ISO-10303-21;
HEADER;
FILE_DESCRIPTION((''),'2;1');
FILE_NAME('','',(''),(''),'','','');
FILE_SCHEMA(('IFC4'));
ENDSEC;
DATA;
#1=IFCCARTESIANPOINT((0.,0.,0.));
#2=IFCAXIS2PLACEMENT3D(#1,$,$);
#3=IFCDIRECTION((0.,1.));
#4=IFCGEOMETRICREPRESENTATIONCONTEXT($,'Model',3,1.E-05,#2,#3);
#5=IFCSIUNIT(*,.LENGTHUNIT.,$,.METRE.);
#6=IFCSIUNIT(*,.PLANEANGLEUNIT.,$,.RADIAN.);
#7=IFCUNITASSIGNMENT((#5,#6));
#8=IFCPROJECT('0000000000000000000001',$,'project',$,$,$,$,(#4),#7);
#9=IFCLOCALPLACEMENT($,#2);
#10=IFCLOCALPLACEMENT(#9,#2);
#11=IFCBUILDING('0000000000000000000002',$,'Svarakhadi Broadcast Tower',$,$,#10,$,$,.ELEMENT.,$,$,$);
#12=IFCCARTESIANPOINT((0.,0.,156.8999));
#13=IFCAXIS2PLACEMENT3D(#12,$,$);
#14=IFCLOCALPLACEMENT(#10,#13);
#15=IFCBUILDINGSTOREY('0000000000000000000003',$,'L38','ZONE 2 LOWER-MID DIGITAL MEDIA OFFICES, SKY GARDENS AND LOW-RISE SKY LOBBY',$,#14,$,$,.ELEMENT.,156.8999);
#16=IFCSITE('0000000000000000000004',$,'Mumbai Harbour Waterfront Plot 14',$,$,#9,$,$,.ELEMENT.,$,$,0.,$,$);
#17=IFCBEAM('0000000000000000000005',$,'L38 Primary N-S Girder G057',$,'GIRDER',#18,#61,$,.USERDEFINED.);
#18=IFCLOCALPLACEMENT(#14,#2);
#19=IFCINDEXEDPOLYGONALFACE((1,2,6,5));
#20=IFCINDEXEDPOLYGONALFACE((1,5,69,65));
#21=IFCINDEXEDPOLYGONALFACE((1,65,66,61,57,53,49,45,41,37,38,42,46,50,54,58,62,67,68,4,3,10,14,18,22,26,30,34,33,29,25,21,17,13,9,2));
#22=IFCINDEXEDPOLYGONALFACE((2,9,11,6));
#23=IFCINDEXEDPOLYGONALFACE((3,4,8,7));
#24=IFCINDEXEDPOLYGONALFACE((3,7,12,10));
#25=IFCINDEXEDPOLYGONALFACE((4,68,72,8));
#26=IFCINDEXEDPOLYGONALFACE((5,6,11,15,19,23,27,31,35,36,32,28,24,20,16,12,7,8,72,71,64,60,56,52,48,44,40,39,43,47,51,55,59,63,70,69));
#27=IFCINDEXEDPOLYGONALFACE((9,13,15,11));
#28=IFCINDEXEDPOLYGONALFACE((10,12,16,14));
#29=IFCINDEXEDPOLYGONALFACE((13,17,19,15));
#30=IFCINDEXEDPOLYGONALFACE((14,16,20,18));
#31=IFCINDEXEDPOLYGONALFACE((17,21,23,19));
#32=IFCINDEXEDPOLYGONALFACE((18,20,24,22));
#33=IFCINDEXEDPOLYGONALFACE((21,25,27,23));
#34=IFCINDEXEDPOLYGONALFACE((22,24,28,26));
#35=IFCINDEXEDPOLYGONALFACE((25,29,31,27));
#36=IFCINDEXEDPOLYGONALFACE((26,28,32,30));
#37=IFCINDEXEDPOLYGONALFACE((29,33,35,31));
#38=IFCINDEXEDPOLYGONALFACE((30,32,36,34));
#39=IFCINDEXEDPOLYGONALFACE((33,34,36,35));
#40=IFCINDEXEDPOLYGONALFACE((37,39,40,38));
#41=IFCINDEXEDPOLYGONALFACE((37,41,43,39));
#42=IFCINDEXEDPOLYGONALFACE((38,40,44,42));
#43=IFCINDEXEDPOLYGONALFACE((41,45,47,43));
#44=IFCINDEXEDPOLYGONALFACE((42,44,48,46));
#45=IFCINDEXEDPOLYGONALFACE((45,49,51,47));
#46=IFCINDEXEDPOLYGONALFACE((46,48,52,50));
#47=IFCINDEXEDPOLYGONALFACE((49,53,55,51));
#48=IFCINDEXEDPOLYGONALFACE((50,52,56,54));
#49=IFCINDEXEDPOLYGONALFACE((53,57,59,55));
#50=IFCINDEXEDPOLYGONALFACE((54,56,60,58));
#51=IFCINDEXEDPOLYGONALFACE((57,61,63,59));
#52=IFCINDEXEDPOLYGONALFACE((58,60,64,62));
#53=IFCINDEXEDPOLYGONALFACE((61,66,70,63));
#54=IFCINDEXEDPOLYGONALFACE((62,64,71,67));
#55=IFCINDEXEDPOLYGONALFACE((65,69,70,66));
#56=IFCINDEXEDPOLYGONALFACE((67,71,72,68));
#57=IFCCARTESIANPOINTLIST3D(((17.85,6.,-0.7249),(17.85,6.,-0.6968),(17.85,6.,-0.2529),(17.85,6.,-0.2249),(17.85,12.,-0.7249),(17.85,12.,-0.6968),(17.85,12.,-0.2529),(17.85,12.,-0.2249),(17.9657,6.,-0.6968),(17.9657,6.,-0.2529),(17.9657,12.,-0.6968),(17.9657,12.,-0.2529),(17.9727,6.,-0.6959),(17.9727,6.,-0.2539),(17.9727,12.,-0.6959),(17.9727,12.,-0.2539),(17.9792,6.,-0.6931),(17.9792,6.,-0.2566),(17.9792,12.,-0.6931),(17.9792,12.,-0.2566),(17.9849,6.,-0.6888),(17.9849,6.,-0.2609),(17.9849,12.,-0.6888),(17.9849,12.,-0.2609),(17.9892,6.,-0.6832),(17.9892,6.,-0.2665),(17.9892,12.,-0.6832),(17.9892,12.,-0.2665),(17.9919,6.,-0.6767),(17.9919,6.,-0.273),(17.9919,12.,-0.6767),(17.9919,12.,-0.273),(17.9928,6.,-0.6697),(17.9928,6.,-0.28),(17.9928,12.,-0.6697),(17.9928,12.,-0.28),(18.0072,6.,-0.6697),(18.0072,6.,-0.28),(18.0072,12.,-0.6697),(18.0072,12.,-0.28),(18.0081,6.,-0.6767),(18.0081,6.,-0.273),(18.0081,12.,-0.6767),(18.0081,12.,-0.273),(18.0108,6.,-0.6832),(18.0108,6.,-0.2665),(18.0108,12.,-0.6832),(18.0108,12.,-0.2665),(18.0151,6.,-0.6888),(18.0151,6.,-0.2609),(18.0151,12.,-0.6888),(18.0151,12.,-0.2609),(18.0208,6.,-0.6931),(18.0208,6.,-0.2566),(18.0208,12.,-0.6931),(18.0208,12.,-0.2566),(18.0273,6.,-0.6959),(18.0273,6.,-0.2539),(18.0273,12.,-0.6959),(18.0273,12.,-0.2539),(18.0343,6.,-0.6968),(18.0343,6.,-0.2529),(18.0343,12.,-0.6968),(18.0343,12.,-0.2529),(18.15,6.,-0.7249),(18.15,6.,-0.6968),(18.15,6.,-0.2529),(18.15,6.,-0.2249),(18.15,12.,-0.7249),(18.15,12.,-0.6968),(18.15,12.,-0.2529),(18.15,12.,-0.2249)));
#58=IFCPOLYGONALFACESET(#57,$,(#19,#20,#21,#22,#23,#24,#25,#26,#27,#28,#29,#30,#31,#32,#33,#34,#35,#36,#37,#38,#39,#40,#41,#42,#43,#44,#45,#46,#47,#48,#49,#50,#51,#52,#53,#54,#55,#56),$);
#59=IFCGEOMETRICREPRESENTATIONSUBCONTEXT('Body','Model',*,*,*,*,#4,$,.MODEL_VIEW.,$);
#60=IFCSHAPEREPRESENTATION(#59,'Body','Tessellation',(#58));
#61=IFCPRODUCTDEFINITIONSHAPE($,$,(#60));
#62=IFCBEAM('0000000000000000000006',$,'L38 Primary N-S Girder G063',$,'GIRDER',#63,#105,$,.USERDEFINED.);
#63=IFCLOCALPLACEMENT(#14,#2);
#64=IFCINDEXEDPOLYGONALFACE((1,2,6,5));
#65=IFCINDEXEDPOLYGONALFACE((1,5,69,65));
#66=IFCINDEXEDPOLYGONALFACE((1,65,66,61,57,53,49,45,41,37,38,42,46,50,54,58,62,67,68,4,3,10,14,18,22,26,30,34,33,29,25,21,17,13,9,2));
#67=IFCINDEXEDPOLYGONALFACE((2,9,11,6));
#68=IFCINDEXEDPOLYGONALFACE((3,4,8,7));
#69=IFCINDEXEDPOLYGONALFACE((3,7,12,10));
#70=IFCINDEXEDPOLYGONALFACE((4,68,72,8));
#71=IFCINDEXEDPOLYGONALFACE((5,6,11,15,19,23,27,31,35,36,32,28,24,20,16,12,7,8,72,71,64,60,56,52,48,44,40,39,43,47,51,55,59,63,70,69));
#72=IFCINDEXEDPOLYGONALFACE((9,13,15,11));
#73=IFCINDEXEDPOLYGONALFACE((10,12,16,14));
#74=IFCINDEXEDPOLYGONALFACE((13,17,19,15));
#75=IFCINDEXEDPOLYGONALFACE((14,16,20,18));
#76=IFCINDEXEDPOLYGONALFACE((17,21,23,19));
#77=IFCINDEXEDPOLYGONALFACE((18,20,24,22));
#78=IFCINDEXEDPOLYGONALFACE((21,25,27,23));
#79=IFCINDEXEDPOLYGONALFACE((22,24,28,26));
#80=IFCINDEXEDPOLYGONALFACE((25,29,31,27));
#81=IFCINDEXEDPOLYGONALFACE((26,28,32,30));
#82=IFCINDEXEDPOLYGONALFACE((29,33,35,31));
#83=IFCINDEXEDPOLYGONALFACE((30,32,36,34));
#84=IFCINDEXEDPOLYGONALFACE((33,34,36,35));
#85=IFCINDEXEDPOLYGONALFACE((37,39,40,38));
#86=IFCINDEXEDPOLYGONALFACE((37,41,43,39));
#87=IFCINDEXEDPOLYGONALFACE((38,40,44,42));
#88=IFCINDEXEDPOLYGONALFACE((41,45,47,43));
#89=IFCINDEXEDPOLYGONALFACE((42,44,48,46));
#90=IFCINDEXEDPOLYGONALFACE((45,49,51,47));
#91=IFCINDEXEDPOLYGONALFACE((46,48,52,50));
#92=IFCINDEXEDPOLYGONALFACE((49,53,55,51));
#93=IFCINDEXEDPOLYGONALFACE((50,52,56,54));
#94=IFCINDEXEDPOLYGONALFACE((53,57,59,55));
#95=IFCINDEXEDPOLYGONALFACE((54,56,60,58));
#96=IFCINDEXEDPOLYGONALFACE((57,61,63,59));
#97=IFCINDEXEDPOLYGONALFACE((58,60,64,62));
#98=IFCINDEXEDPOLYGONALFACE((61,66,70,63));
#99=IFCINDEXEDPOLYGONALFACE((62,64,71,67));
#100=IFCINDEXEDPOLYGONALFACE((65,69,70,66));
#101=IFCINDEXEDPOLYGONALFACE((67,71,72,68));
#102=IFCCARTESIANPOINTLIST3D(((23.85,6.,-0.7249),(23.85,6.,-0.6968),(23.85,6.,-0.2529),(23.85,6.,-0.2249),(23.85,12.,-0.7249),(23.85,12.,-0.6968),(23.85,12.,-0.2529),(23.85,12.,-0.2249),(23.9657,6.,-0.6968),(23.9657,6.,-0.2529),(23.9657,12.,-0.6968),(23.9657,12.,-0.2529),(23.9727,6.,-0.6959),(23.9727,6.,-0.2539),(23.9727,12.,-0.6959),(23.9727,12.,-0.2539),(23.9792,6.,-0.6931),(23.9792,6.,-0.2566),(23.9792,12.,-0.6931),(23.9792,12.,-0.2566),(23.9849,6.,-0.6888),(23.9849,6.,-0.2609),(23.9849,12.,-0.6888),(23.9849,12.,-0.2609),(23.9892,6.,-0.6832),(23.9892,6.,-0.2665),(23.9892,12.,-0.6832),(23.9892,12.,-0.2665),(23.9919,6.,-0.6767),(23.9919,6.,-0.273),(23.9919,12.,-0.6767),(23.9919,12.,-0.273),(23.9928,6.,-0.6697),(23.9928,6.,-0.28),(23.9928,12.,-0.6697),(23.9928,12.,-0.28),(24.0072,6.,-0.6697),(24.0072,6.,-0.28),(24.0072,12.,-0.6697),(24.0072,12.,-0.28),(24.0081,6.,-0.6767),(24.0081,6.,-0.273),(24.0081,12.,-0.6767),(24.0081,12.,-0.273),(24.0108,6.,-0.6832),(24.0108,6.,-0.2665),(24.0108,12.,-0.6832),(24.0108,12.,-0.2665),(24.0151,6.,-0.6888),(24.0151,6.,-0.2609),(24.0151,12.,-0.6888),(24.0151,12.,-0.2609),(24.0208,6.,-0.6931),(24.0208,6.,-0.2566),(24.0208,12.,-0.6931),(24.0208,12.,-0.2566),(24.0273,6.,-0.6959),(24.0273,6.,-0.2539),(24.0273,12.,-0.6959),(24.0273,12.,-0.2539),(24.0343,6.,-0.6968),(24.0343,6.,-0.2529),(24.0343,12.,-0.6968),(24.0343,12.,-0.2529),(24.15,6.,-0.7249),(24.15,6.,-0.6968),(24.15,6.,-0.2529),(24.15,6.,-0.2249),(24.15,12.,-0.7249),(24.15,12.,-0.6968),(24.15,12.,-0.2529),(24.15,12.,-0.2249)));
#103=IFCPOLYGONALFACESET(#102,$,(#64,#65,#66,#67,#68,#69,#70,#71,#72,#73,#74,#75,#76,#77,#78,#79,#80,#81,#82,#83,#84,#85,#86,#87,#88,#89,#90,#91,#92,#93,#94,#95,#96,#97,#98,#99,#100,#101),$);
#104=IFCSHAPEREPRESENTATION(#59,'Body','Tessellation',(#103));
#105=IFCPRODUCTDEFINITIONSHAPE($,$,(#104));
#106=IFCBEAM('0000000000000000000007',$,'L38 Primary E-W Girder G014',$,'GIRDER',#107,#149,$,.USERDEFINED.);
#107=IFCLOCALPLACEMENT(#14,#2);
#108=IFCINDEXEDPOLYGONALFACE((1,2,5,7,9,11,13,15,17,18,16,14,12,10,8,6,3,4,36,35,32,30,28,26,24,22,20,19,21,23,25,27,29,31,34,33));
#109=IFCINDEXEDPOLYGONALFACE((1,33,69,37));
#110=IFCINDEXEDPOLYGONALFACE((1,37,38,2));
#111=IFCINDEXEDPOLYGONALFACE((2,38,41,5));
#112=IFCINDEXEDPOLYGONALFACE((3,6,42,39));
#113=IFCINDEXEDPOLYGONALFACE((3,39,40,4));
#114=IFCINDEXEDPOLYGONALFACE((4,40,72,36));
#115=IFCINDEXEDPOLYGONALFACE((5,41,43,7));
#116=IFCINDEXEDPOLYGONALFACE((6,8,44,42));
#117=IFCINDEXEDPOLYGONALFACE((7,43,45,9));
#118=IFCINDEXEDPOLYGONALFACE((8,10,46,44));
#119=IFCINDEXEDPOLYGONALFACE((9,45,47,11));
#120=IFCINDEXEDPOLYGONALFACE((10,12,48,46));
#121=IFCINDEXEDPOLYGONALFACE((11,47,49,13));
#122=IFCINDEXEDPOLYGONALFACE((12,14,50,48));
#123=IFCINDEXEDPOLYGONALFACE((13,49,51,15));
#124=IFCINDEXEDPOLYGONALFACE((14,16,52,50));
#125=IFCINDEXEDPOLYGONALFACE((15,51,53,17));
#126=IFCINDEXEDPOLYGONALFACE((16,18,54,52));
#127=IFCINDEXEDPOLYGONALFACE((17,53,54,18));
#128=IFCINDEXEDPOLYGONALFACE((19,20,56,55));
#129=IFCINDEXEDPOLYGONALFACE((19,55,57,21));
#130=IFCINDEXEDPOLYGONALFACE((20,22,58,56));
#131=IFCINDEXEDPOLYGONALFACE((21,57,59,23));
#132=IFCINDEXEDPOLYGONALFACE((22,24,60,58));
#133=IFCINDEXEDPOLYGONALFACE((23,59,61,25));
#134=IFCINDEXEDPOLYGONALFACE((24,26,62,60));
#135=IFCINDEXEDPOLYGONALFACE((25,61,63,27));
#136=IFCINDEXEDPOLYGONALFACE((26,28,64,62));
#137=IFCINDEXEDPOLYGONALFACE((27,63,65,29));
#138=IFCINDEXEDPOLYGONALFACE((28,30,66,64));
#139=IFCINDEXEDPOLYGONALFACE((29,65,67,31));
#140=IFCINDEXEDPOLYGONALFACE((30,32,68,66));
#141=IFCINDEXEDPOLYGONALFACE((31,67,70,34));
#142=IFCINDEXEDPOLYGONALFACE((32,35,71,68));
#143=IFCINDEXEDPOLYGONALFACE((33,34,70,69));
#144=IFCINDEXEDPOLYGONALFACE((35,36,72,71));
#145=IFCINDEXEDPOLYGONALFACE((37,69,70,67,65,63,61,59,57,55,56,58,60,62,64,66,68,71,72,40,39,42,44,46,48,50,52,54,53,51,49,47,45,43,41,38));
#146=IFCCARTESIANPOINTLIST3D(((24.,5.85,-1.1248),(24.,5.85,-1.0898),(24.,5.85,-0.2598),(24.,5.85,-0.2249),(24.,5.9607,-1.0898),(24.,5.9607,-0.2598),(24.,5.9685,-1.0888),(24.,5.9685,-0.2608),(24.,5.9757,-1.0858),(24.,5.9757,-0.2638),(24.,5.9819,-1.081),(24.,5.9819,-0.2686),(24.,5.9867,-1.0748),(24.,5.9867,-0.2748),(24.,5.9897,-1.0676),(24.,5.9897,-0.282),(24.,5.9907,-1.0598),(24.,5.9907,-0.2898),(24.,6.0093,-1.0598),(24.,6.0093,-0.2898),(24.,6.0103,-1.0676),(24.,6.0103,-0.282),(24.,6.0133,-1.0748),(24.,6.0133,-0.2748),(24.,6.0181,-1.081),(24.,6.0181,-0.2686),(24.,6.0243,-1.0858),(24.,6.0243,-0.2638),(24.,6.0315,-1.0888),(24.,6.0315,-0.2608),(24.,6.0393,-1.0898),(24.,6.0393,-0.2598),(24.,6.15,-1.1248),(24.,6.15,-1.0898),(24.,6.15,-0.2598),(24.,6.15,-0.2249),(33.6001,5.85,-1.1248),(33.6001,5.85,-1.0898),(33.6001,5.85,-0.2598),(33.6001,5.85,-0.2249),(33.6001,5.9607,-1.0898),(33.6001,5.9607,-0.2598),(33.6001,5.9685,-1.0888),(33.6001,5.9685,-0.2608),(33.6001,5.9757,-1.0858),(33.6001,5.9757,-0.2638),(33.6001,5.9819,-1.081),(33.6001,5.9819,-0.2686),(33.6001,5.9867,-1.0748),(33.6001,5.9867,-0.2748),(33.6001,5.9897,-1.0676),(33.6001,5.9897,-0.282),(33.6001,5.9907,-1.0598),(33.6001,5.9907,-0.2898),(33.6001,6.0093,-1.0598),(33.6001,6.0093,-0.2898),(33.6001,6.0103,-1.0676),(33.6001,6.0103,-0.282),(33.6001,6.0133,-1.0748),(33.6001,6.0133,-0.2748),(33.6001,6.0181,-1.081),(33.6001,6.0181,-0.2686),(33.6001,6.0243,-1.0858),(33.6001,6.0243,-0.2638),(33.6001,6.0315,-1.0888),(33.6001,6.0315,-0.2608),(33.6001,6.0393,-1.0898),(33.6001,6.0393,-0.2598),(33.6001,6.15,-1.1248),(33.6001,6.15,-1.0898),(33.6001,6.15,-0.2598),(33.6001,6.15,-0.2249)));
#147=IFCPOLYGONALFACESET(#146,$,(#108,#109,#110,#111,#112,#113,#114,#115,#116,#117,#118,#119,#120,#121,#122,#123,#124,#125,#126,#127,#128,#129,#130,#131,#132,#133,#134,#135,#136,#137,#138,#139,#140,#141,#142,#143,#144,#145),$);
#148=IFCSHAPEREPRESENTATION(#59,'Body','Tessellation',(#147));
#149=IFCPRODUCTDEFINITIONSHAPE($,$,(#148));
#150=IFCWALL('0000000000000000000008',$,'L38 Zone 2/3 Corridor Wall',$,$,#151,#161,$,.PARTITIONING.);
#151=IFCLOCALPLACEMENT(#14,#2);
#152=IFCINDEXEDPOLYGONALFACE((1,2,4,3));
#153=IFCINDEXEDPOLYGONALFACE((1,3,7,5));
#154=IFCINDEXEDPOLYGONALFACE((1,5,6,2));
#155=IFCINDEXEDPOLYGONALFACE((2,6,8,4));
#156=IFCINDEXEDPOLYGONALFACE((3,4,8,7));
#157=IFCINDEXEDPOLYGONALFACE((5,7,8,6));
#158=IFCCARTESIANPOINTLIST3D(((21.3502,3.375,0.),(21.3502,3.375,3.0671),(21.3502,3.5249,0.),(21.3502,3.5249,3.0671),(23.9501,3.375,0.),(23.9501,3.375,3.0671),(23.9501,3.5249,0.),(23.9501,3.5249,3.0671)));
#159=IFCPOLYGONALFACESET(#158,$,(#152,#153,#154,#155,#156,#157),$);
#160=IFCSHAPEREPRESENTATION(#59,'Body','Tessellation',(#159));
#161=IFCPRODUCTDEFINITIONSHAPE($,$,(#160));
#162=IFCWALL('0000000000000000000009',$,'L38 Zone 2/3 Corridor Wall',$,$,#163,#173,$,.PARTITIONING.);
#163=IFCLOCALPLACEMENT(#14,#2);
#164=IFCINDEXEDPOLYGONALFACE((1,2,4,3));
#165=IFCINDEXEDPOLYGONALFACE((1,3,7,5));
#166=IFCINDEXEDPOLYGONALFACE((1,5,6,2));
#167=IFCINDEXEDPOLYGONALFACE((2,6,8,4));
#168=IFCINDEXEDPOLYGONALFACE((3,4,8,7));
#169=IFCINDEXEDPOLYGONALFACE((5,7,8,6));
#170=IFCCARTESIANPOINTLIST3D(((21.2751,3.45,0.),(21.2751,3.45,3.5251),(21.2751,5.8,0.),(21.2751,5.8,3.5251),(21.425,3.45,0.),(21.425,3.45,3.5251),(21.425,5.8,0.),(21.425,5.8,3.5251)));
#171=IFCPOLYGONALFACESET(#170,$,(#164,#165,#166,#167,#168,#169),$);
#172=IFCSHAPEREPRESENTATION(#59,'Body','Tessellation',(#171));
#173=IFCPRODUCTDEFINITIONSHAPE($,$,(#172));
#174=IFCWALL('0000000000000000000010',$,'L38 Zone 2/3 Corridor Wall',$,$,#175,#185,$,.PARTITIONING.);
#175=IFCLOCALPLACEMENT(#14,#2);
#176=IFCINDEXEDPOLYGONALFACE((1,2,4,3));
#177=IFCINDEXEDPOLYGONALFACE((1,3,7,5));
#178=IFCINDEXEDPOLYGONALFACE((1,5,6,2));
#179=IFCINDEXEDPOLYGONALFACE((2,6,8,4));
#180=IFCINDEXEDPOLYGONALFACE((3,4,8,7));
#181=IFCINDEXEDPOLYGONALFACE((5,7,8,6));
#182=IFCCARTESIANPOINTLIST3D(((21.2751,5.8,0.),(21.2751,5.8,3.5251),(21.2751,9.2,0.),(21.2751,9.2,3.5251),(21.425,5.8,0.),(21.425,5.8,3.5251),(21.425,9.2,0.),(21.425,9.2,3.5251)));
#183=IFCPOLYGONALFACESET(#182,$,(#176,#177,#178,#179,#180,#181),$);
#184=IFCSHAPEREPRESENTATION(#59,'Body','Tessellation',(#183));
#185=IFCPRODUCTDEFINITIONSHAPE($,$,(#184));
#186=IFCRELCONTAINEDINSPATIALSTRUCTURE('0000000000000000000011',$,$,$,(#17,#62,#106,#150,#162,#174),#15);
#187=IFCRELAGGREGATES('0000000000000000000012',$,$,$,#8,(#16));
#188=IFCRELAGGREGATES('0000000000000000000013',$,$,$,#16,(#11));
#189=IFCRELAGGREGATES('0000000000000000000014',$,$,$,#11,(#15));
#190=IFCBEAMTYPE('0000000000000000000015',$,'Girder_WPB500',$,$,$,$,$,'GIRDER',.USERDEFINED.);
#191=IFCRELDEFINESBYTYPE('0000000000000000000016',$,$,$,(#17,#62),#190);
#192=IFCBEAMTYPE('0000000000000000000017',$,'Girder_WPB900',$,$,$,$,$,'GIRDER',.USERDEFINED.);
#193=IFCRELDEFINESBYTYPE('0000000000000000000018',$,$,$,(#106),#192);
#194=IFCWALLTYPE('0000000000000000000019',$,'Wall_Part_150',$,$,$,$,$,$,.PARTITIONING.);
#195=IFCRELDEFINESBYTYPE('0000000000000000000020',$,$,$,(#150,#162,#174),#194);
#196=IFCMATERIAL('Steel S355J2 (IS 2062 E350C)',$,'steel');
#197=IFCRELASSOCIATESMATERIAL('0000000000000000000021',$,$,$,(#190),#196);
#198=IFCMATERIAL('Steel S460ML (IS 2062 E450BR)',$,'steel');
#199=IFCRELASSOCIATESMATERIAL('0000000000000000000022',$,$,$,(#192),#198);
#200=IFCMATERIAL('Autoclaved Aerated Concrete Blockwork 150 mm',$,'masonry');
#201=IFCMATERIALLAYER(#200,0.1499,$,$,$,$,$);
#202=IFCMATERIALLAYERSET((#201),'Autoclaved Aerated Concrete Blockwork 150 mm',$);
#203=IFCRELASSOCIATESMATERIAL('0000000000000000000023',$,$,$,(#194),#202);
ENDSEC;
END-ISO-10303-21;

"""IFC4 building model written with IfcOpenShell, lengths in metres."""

from ifc_helpers import new_model, si_unit, direction, frame, frame_2d, origin, origin_2d, place, context, subcontext, project, spatial, rectangle, i_section, extrude, material, layer, layer_set, material_profile, profile_set, type_object, element, save


model = new_model("IFC4")

# Units and contexts
model_context = context("Model", 3, precision=1e-05, world=origin(), true_north=direction((0.0, 1.0)))
body_context = subcontext(model_context, "Body", "Model", "MODEL_VIEW")
ifc_project = project(units=[si_unit("LENGTHUNIT", "METRE"), si_unit("PLANEANGLEUNIT", "RADIAN")], contexts=[model_context])

# Site, building, storey
site_placement = place(None, origin())
site = spatial("IfcSite", under=ifc_project, at=site_placement, Name="Mumbai Harbour Waterfront Plot 14", CompositionType="ELEMENT", RefElevation=0.0)
building_placement = place(site_placement, origin())
building = spatial("IfcBuilding", under=site, at=building_placement, Name="Svarakhadi Broadcast Tower", CompositionType="ELEMENT")
storey_placement = place(building_placement, frame((0.0, 0.0, 156.8999)))
storey = spatial("IfcBuildingStorey", under=building, at=storey_placement, Name="L38", Description="ZONE 2 LOWER-MID DIGITAL MEDIA OFFICES, SKY GARDENS AND LOW-RISE SKY LOBBY", CompositionType="ELEMENT", Elevation=156.8999)

# Beams
ifc_material_1 = material(Name="Steel S355J2 (IS 2062 E350C)", Category="steel")
ifc_material_profile_1 = material_profile(ifc_material_1, i_section(OverallWidth=0.3, OverallDepth=0.5, WebThickness=0.0144, FlangeThickness=0.0281, FilletRadius=0.0271, at=origin_2d()), Name="WPB 500x300x187")
ifc_profile_set_1 = profile_set([ifc_material_profile_1], Name="Steel S355J2 (IS 2062 E350C)")
beam_type_1 = type_object("IfcBeamType", Name="Girder_WPB500", ElementType="GIRDER", PredefinedType="USERDEFINED", material=ifc_profile_set_1)
for number, where, z_axis, x_axis, name in (
    (1, (18.0, 6.0, -0.4749), (0.0, 1.0, 0.0), (-1.0, 0.0, 0.0), "L38 Primary N-S Girder G057"),
    (2, (24.0, 6.0, -0.4749), (0.0, 1.0, 0.0), (-1.0, 0.0, 0.0), "L38 Primary N-S Girder G063"),
):
    element("IfcBeam", number, at=place(storey_placement, frame(where, z_axis=z_axis, x_axis=x_axis)), inside=storey, type_object=beam_type_1, Name=name, ObjectType="GIRDER", PredefinedType="USERDEFINED", context=body_context, shape_type="SweptSolid", body=[
        extrude(i_section(OverallWidth=0.3, OverallDepth=0.5, WebThickness=0.0144, FlangeThickness=0.0281, FilletRadius=0.0271, at=origin_2d()), origin(), (0.0, 0.0, 1.0), 6.0),
    ])
ifc_material_2 = material(Name="Steel S460ML (IS 2062 E450BR)", Category="steel")
ifc_material_profile_2 = material_profile(ifc_material_2, i_section(OverallWidth=0.3, OverallDepth=0.8999, WebThickness=0.0186, FlangeThickness=0.0349, FilletRadius=0.03, at=origin_2d()), Name="WPB 900x300x291")
ifc_profile_set_2 = profile_set([ifc_material_profile_2], Name="Steel S460ML (IS 2062 E450BR)")
beam_type_2 = type_object("IfcBeamType", Name="Girder_WPB900", ElementType="GIRDER", PredefinedType="USERDEFINED", material=ifc_profile_set_2)
beam_placement = place(storey_placement, frame((24.0, 6.0, -0.6748), z_axis=(1.0, 0.0, 0.0), x_axis=(0.0, 1.0, 0.0)))
element("IfcBeam", 3, at=beam_placement, inside=storey, type_object=beam_type_2, Name="L38 Primary E-W Girder G014", ObjectType="GIRDER", PredefinedType="USERDEFINED", context=body_context, shape_type="SweptSolid", body=[
    extrude(i_section(OverallWidth=0.3, OverallDepth=0.8999, WebThickness=0.0186, FlangeThickness=0.0349, FilletRadius=0.03, at=origin_2d()), origin(), (0.0, 0.0, 1.0), 9.6001),
])

# Walls
ifc_material_3 = material(Name="Autoclaved Aerated Concrete Blockwork 150 mm", Category="masonry")
ifc_layer_1 = layer(ifc_material_3, 0.1499)
ifc_layer_set_1 = layer_set([ifc_layer_1], Name="Autoclaved Aerated Concrete Blockwork 150 mm")
wall_type_1 = type_object("IfcWallType", Name="Wall_Part_150", PredefinedType="PARTITIONING", material=ifc_layer_set_1)
wall_1_placement = place(storey_placement, frame((23.95, 3.45, 0.0), z_axis=(0.0, 0.0, 1.0), x_axis=(-1.0, 0.0, 0.0)))
element("IfcWall", 4, at=wall_1_placement, inside=storey, type_object=wall_type_1, Name="L38 Zone 2/3 Corridor Wall", PredefinedType="PARTITIONING", context=body_context, shape_type="SweptSolid", body=[
    extrude(rectangle(XDim=2.5999, YDim=0.1499, at=frame_2d((1.2998, 0.0))), origin(), (0.0, 0.0, 1.0), 3.0671),
])
wall_2_placement = place(storey_placement, frame((21.3501, 3.45, 0.0), z_axis=(0.0, 0.0, 1.0), x_axis=(0.0, 1.0, 0.0)))
element("IfcWall", 5, at=wall_2_placement, inside=storey, type_object=wall_type_1, Name="L38 Zone 2/3 Corridor Wall", PredefinedType="PARTITIONING", context=body_context, shape_type="SweptSolid", body=[
    extrude(rectangle(XDim=2.3501, YDim=0.1499, at=frame_2d((1.175, 0.0))), origin(), (0.0, 0.0, 1.0), 3.5251),
])
wall_3_placement = place(storey_placement, frame((21.3501, 5.8, 0.0), z_axis=(0.0, 0.0, 1.0), x_axis=(0.0, 1.0, 0.0)))
element("IfcWall", 6, at=wall_3_placement, inside=storey, type_object=wall_type_1, Name="L38 Zone 2/3 Corridor Wall", PredefinedType="PARTITIONING", context=body_context, shape_type="SweptSolid", body=[
    extrude(rectangle(XDim=3.3999, YDim=0.1499, at=frame_2d((1.7, 0.0))), origin(), (0.0, 0.0, 1.0), 3.5251),
])

save(model, "model.ifc")
